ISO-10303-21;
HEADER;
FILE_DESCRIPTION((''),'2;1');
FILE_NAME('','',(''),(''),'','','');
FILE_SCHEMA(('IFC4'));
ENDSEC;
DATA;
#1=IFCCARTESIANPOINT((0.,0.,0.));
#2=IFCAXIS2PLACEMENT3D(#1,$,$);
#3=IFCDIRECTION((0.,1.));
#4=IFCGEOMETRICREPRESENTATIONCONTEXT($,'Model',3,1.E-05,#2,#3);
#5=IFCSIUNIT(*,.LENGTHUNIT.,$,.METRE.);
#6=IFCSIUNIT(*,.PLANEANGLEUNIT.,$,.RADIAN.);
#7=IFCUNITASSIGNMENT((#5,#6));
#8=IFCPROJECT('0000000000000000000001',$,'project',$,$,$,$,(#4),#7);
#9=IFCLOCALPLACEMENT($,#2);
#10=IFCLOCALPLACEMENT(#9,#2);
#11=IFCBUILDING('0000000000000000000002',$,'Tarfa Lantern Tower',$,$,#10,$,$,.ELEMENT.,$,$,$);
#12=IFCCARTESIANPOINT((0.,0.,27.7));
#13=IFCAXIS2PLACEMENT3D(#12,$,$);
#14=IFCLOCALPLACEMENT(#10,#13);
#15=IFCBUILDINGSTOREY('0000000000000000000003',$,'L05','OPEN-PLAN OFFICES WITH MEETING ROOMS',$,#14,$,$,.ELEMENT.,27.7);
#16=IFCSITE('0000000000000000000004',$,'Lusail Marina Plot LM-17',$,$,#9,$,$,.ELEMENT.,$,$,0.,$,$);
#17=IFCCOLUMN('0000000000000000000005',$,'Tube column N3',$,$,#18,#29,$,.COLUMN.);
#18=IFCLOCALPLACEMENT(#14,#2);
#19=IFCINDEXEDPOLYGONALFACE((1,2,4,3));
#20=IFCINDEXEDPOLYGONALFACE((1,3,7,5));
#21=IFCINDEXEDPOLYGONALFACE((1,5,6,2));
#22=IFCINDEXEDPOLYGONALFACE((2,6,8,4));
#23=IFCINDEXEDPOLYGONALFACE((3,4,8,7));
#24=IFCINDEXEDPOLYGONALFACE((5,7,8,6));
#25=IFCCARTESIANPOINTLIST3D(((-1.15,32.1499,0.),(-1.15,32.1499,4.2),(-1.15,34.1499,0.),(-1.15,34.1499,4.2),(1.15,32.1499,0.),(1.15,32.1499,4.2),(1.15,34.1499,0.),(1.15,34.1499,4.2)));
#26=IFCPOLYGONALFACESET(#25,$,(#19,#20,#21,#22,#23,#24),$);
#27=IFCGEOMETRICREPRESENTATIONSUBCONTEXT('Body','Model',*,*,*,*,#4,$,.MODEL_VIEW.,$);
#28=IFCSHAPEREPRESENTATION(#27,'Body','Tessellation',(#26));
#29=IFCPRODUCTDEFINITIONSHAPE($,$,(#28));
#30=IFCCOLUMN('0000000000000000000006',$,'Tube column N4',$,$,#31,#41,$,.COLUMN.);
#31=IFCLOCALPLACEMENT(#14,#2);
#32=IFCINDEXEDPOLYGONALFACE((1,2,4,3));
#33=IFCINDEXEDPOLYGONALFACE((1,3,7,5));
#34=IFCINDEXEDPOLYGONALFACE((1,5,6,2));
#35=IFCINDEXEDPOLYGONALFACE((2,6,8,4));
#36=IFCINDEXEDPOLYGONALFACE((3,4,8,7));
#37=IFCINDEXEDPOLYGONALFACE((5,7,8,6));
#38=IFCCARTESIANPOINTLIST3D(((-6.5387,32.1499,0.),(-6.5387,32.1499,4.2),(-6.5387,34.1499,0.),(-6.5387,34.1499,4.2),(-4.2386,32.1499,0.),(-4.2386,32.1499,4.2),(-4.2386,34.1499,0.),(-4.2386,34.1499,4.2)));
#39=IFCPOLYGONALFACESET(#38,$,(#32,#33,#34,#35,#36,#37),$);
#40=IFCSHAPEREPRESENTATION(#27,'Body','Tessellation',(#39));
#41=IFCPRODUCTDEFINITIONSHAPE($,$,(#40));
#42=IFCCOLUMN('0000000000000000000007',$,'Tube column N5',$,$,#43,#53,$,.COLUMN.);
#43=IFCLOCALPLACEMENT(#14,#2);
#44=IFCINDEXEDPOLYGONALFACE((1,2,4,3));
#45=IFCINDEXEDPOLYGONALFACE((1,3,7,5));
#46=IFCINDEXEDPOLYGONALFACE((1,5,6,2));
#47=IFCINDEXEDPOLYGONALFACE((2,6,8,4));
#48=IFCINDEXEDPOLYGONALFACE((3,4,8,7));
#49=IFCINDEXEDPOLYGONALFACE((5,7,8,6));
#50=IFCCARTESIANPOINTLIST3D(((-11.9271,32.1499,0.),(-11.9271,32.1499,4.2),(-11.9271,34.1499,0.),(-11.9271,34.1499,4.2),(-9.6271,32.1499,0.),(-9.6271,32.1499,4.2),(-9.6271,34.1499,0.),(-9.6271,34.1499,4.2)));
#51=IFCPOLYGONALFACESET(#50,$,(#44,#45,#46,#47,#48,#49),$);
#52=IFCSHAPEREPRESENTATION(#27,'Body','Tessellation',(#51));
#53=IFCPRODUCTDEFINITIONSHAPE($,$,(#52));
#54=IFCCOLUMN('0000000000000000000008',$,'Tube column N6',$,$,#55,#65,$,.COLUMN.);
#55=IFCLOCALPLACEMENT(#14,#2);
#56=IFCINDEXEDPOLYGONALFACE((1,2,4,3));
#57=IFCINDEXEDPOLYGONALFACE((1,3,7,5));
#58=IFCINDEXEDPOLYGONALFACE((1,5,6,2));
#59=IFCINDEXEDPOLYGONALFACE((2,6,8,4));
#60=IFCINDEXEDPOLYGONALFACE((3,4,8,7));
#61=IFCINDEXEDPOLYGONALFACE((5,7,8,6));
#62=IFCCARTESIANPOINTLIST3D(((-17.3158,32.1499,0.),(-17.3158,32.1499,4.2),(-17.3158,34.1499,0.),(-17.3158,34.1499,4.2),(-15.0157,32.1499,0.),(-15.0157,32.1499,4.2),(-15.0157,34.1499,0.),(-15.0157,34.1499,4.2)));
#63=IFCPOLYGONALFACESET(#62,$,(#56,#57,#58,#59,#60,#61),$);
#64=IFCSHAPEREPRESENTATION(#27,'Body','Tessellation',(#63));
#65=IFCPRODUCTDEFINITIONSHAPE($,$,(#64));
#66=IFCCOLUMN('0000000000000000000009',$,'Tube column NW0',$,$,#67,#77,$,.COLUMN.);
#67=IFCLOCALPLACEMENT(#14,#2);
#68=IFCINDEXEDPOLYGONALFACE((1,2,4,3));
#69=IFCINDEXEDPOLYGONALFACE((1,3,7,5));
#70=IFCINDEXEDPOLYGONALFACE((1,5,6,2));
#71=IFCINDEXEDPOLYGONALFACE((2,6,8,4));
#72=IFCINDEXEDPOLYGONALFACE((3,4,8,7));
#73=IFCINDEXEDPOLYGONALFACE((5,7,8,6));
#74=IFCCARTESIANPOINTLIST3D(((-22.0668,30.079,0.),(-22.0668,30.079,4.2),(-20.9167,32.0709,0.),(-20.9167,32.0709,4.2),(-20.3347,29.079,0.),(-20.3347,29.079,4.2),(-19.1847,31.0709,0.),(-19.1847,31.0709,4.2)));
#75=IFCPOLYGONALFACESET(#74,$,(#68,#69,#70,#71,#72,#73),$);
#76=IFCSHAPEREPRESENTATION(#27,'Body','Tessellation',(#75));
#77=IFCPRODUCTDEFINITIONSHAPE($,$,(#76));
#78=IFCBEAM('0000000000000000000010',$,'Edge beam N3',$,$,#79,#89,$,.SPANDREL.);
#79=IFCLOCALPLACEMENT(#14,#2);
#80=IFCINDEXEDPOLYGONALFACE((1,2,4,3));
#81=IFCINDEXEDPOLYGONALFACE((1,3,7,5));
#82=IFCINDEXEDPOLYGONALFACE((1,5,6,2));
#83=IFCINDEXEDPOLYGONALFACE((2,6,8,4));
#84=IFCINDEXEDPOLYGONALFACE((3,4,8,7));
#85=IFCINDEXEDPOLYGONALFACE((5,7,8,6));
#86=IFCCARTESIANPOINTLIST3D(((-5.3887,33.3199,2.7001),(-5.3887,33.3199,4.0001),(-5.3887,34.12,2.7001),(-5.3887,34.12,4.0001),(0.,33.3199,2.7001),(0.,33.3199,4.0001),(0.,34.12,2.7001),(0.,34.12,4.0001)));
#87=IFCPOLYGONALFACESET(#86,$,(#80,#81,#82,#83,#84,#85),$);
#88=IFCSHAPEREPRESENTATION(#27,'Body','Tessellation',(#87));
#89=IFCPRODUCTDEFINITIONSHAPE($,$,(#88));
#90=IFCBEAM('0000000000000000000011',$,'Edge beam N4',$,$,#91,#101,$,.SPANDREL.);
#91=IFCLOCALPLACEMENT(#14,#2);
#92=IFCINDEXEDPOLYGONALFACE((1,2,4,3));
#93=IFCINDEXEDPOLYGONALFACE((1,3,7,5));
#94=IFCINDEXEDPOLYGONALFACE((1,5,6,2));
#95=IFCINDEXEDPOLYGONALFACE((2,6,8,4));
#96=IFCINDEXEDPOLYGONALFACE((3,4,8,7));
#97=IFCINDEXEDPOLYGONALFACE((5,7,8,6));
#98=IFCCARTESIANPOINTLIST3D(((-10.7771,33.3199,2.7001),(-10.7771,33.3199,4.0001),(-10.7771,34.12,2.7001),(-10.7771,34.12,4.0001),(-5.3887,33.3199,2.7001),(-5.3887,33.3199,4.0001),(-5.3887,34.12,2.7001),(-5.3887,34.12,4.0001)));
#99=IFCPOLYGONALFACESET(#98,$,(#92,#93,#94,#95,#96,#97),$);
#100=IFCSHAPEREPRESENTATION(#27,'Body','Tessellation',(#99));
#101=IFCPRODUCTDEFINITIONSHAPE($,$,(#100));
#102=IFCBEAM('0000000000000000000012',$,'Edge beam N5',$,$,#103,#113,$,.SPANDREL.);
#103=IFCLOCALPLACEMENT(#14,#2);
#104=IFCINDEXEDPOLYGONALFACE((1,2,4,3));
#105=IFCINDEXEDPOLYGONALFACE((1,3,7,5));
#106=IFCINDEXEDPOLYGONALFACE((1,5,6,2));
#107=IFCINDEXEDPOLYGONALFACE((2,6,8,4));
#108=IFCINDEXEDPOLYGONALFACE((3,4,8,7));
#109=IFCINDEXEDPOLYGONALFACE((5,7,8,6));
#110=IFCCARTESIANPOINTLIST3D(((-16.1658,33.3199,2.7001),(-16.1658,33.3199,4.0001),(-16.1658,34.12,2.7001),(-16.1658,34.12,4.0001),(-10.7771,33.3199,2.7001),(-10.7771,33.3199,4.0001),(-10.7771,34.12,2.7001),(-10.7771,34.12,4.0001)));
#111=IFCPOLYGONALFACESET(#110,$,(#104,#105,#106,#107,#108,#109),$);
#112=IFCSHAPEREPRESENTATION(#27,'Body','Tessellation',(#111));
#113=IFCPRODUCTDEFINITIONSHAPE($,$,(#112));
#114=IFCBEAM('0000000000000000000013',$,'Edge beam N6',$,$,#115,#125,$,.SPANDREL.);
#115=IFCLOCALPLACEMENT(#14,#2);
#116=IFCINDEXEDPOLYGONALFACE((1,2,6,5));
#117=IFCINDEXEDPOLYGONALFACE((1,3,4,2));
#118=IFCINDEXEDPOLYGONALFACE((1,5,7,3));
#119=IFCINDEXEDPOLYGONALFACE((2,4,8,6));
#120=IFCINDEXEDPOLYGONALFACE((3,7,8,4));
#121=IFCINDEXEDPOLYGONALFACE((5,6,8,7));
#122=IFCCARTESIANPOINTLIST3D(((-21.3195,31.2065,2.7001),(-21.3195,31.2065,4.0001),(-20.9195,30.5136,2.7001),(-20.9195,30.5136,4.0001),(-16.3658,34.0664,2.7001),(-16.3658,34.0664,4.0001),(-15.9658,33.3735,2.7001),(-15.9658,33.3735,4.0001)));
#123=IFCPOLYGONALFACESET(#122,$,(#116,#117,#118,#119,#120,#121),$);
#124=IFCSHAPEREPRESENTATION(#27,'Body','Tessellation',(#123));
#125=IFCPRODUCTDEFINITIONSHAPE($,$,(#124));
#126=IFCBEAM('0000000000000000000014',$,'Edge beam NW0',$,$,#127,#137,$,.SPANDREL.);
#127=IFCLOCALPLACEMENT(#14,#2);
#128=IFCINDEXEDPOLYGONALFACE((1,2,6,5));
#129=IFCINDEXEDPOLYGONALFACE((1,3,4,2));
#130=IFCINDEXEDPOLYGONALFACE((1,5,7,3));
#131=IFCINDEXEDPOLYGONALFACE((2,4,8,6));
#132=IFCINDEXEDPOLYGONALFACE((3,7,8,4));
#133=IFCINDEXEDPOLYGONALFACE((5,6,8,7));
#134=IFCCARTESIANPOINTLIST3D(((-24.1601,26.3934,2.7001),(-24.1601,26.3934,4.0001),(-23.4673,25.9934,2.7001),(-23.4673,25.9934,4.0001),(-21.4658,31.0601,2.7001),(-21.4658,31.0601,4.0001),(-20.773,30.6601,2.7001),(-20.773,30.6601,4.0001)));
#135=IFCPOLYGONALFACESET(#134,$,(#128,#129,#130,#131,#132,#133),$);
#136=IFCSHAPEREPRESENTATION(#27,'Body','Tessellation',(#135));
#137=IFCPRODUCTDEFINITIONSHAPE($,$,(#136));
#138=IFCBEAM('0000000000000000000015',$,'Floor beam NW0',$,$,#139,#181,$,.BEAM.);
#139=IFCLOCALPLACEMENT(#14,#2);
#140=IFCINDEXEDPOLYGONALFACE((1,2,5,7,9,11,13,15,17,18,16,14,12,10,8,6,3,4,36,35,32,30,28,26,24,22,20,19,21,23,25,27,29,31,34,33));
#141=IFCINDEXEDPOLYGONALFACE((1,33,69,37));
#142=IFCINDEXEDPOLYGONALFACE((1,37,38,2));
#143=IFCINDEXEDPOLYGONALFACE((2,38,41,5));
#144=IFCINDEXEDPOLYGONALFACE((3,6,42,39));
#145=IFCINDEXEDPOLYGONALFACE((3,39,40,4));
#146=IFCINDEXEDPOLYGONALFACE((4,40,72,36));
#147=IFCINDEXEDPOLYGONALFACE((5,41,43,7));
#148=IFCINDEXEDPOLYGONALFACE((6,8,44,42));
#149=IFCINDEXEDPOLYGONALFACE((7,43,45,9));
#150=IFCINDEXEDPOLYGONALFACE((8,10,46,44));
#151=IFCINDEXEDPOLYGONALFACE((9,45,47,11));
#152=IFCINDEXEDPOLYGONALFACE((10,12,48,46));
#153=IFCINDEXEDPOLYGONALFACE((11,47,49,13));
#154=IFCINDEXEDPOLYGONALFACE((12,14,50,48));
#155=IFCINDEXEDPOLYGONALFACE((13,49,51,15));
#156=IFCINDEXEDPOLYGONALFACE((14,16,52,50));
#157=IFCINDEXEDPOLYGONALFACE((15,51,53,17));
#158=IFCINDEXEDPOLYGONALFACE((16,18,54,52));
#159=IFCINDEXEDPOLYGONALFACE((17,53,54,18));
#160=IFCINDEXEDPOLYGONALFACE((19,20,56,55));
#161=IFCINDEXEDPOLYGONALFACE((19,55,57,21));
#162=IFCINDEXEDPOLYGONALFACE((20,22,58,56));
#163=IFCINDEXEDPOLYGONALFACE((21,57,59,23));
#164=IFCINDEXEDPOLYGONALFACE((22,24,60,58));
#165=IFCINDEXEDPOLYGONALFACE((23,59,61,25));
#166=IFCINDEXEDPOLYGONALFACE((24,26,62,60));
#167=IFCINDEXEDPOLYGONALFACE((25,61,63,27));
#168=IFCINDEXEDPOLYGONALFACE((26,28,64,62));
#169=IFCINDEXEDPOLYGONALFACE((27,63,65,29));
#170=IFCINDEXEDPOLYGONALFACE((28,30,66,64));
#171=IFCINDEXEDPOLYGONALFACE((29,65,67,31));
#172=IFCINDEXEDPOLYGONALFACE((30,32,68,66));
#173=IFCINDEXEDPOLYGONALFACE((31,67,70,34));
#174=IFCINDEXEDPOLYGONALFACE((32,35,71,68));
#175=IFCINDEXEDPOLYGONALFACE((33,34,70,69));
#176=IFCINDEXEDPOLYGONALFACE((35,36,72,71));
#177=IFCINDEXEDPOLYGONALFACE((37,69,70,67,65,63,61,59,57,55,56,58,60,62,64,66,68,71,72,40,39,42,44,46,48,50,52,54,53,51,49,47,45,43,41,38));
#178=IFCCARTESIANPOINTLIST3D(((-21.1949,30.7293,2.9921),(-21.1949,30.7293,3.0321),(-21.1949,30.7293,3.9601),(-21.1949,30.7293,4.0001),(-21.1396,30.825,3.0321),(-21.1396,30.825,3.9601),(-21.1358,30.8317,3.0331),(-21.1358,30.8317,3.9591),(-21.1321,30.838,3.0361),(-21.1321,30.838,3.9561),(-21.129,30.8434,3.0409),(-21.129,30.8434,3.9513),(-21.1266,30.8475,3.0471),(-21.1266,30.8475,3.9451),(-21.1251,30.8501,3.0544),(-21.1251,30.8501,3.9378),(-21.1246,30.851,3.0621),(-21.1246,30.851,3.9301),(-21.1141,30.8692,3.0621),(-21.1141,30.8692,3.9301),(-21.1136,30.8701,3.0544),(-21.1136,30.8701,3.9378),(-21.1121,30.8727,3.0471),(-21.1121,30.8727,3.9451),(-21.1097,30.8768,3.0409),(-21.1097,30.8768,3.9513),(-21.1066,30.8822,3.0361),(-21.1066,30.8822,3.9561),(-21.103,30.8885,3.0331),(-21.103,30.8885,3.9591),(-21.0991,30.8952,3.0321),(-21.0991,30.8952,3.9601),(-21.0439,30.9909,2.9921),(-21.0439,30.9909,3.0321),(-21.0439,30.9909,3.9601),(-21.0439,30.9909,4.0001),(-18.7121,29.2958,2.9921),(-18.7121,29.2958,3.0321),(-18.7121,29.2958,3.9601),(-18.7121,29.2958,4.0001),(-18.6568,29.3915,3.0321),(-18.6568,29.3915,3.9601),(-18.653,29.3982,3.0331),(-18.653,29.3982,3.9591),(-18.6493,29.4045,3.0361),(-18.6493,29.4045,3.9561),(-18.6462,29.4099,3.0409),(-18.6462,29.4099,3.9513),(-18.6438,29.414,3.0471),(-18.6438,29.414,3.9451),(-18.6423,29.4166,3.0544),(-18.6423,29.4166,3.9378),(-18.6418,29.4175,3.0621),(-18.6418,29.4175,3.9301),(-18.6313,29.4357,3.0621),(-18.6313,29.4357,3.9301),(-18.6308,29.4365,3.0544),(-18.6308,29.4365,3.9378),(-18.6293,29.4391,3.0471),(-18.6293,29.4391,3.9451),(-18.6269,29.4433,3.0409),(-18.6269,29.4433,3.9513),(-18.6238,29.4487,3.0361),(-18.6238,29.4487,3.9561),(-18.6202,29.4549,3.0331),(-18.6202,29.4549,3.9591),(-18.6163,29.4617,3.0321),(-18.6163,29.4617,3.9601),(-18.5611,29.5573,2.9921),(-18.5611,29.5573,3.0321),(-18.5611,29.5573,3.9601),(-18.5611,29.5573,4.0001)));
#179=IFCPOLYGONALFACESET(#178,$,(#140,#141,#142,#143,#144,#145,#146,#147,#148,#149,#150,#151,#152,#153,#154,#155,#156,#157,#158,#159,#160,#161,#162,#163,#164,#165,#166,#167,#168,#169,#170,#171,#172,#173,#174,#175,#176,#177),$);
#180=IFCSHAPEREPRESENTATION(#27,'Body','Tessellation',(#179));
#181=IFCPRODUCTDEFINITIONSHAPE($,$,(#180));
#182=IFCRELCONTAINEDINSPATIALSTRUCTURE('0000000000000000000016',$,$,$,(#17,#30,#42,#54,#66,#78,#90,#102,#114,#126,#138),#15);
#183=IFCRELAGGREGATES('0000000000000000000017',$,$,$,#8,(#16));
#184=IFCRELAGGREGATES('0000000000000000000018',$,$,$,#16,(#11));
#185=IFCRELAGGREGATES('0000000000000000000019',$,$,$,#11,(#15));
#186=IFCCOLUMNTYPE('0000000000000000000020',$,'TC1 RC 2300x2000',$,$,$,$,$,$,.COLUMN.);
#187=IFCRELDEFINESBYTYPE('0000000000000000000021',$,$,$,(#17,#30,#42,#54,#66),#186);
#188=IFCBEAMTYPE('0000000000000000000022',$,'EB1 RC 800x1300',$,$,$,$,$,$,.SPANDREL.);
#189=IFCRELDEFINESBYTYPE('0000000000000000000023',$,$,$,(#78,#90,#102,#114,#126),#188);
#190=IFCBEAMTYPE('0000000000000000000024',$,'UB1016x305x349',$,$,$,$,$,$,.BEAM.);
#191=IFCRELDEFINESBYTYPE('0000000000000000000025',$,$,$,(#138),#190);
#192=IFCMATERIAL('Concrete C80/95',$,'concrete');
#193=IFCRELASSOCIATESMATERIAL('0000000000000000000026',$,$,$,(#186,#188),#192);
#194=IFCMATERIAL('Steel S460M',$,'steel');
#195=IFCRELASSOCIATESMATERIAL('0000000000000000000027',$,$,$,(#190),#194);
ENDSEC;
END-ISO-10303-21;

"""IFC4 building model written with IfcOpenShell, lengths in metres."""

from ifc_helpers import new_model, si_unit, direction, frame, origin, origin_2d, place, context, subcontext, project, spatial, rectangle, i_section, extrude, material, material_profile, profile_set, type_object, element, save


model = new_model("IFC4")

# Units and contexts
model_context = context("Model", 3, precision=1e-05, world=origin(), true_north=direction((0.0, 1.0)))
body_context = subcontext(model_context, "Body", "Model", "MODEL_VIEW")
ifc_project = project(units=[si_unit("LENGTHUNIT", "METRE"), si_unit("PLANEANGLEUNIT", "RADIAN")], contexts=[model_context])

# Site, building, storey
site_placement = place(None, origin())
site = spatial("IfcSite", under=ifc_project, at=site_placement, Name="Lusail Marina Plot LM-17", CompositionType="ELEMENT", RefElevation=0.0)
building_placement = place(site_placement, origin())
building = spatial("IfcBuilding", under=site, at=building_placement, Name="Tarfa Lantern Tower", CompositionType="ELEMENT")
storey_placement = place(building_placement, frame((0.0, 0.0, 27.7)))
storey = spatial("IfcBuildingStorey", under=building, at=storey_placement, Name="L05", Description="OPEN-PLAN OFFICES WITH MEETING ROOMS", CompositionType="ELEMENT", Elevation=27.7)

# Columns
ifc_material_1 = material(Name="Concrete C80/95", Category="concrete")
ifc_material_profile_1 = material_profile(ifc_material_1, rectangle(XDim=2.3, YDim=2.0, at=origin_2d()), Name="RC 2300x2000")
ifc_profile_set_1 = profile_set([ifc_material_profile_1], Name="Concrete C80/95")
column_type = type_object("IfcColumnType", Name="TC1 RC 2300x2000", PredefinedType="COLUMN", material=ifc_profile_set_1)
for number, where, z_axis, x_axis, name in (
    (1, (0.0, 33.1499, 0.0), (0.0, 0.0, 1.0), (-1.0, 0.0, 0.0), "Tube column N3"),
    (2, (-5.3887, 33.1499, 0.0), (0.0, 0.0, 1.0), (-1.0, 0.0, 0.0), "Tube column N4"),
    (3, (-10.7771, 33.1499, 0.0), (0.0, 0.0, 1.0), (-1.0, 0.0, 0.0), "Tube column N5"),
    (4, (-16.1658, 33.1499, 0.0), (0.0, 0.0, 1.0), (-1.0, 0.0, 0.0), "Tube column N6"),
    (5, (-20.6257, 30.575, 0.0), (0.0, 0.0, 1.0), (-0.5, -0.866025, 0.0), "Tube column NW0"),
):
    element("IfcColumn", number, at=place(storey_placement, frame(where, z_axis=z_axis, x_axis=x_axis)), inside=storey, type_object=column_type, Name=name, PredefinedType="COLUMN", context=body_context, shape_type="SweptSolid", body=[
        extrude(rectangle(XDim=2.3, YDim=2.0, at=origin_2d()), origin(), (0.0, 0.0, 1.0), 4.2),
    ])

# Beams
ifc_material_profile_2 = material_profile(ifc_material_1, rectangle(XDim=0.8, YDim=1.3, at=origin_2d()), Name="RC 800x1300")
ifc_profile_set_2 = profile_set([ifc_material_profile_2], Name="Concrete C80/95")
beam_type_1 = type_object("IfcBeamType", Name="EB1 RC 800x1300", PredefinedType="SPANDREL", material=ifc_profile_set_2)
beam_1_placement = place(storey_placement, frame((0.0, 33.72, 3.3501), z_axis=(-1.0, 0.0, 0.0), x_axis=(0.0, -1.0, 0.0)))
element("IfcBeam", 6, at=beam_1_placement, inside=storey, type_object=beam_type_1, Name="Edge beam N3", PredefinedType="SPANDREL", context=body_context, shape_type="SweptSolid", body=[
    extrude(rectangle(XDim=0.8, YDim=1.3, at=origin_2d()), origin(), (0.0, 0.0, 1.0), 5.3887),
])
beam_2_placement = place(storey_placement, frame((-5.3887, 33.72, 3.3501), z_axis=(-1.0, 0.0, 0.0), x_axis=(0.0, -1.0, 0.0)))
element("IfcBeam", 7, at=beam_2_placement, inside=storey, type_object=beam_type_1, Name="Edge beam N4", PredefinedType="SPANDREL", context=body_context, shape_type="SweptSolid", body=[
    extrude(rectangle(XDim=0.8, YDim=1.3, at=origin_2d()), origin(), (0.0, 0.0, 1.0), 5.3884),
])
beam_3_placement = place(storey_placement, frame((-10.7771, 33.72, 3.3501), z_axis=(-1.0, 0.0, 0.0), x_axis=(0.0, -1.0, 0.0)))
element("IfcBeam", 8, at=beam_3_placement, inside=storey, type_object=beam_type_1, Name="Edge beam N5", PredefinedType="SPANDREL", context=body_context, shape_type="SweptSolid", body=[
    extrude(rectangle(XDim=0.8, YDim=1.3, at=origin_2d()), origin(), (0.0, 0.0, 1.0), 5.3887),
])
beam_4_placement = place(storey_placement, frame((-16.1658, 33.72, 3.3501), z_axis=(-0.866033, -0.499986, 0.0), x_axis=(0.499986, -0.866033, 0.0)))
element("IfcBeam", 9, at=beam_4_placement, inside=storey, type_object=beam_type_1, Name="Edge beam N6", PredefinedType="SPANDREL", context=body_context, shape_type="SweptSolid", body=[
    extrude(rectangle(XDim=0.8, YDim=1.3, at=origin_2d()), origin(), (0.0, 0.0, 1.0), 5.72),
])
beam_5_placement = place(storey_placement, frame((-21.1194, 30.8601, 3.3501), z_axis=(-0.499998, -0.866026, 0.0), x_axis=(0.866026, -0.499998, 0.0)))
element("IfcBeam", 10, at=beam_5_placement, inside=storey, type_object=beam_type_1, Name="Edge beam NW0", PredefinedType="SPANDREL", context=body_context, shape_type="SweptSolid", body=[
    extrude(rectangle(XDim=0.8, YDim=1.3, at=origin_2d()), origin(), (0.0, 0.0, 1.0), 5.3887),
])
ifc_material_2 = material(Name="Steel S460M", Category="steel")
ifc_material_profile_3 = material_profile(ifc_material_2, i_section(OverallWidth=0.302, OverallDepth=1.0081, WebThickness=0.021, FlangeThickness=0.04, FilletRadius=0.03, at=origin_2d()), Name="UB1016x305x349")
ifc_profile_set_3 = profile_set([ifc_material_profile_3], Name="Steel S460M")
beam_type_2 = type_object("IfcBeamType", Name="UB1016x305x349", PredefinedType="BEAM", material=ifc_profile_set_3)
beam_6_placement = place(storey_placement, frame((-21.1194, 30.8601, 3.4961), z_axis=(0.866013, -0.500022, 0.0), x_axis=(0.500022, 0.866013, 0.0)))
element("IfcBeam", 11, at=beam_6_placement, inside=storey, type_object=beam_type_2, Name="Floor beam NW0", PredefinedType="BEAM", context=body_context, shape_type="SweptSolid", body=[
    extrude(i_section(OverallWidth=0.302, OverallDepth=1.0081, WebThickness=0.021, FlangeThickness=0.04, FilletRadius=0.03, at=origin_2d()), origin(), (0.0, 0.0, 1.0), 2.8669),
])

save(model, "model.ifc")
